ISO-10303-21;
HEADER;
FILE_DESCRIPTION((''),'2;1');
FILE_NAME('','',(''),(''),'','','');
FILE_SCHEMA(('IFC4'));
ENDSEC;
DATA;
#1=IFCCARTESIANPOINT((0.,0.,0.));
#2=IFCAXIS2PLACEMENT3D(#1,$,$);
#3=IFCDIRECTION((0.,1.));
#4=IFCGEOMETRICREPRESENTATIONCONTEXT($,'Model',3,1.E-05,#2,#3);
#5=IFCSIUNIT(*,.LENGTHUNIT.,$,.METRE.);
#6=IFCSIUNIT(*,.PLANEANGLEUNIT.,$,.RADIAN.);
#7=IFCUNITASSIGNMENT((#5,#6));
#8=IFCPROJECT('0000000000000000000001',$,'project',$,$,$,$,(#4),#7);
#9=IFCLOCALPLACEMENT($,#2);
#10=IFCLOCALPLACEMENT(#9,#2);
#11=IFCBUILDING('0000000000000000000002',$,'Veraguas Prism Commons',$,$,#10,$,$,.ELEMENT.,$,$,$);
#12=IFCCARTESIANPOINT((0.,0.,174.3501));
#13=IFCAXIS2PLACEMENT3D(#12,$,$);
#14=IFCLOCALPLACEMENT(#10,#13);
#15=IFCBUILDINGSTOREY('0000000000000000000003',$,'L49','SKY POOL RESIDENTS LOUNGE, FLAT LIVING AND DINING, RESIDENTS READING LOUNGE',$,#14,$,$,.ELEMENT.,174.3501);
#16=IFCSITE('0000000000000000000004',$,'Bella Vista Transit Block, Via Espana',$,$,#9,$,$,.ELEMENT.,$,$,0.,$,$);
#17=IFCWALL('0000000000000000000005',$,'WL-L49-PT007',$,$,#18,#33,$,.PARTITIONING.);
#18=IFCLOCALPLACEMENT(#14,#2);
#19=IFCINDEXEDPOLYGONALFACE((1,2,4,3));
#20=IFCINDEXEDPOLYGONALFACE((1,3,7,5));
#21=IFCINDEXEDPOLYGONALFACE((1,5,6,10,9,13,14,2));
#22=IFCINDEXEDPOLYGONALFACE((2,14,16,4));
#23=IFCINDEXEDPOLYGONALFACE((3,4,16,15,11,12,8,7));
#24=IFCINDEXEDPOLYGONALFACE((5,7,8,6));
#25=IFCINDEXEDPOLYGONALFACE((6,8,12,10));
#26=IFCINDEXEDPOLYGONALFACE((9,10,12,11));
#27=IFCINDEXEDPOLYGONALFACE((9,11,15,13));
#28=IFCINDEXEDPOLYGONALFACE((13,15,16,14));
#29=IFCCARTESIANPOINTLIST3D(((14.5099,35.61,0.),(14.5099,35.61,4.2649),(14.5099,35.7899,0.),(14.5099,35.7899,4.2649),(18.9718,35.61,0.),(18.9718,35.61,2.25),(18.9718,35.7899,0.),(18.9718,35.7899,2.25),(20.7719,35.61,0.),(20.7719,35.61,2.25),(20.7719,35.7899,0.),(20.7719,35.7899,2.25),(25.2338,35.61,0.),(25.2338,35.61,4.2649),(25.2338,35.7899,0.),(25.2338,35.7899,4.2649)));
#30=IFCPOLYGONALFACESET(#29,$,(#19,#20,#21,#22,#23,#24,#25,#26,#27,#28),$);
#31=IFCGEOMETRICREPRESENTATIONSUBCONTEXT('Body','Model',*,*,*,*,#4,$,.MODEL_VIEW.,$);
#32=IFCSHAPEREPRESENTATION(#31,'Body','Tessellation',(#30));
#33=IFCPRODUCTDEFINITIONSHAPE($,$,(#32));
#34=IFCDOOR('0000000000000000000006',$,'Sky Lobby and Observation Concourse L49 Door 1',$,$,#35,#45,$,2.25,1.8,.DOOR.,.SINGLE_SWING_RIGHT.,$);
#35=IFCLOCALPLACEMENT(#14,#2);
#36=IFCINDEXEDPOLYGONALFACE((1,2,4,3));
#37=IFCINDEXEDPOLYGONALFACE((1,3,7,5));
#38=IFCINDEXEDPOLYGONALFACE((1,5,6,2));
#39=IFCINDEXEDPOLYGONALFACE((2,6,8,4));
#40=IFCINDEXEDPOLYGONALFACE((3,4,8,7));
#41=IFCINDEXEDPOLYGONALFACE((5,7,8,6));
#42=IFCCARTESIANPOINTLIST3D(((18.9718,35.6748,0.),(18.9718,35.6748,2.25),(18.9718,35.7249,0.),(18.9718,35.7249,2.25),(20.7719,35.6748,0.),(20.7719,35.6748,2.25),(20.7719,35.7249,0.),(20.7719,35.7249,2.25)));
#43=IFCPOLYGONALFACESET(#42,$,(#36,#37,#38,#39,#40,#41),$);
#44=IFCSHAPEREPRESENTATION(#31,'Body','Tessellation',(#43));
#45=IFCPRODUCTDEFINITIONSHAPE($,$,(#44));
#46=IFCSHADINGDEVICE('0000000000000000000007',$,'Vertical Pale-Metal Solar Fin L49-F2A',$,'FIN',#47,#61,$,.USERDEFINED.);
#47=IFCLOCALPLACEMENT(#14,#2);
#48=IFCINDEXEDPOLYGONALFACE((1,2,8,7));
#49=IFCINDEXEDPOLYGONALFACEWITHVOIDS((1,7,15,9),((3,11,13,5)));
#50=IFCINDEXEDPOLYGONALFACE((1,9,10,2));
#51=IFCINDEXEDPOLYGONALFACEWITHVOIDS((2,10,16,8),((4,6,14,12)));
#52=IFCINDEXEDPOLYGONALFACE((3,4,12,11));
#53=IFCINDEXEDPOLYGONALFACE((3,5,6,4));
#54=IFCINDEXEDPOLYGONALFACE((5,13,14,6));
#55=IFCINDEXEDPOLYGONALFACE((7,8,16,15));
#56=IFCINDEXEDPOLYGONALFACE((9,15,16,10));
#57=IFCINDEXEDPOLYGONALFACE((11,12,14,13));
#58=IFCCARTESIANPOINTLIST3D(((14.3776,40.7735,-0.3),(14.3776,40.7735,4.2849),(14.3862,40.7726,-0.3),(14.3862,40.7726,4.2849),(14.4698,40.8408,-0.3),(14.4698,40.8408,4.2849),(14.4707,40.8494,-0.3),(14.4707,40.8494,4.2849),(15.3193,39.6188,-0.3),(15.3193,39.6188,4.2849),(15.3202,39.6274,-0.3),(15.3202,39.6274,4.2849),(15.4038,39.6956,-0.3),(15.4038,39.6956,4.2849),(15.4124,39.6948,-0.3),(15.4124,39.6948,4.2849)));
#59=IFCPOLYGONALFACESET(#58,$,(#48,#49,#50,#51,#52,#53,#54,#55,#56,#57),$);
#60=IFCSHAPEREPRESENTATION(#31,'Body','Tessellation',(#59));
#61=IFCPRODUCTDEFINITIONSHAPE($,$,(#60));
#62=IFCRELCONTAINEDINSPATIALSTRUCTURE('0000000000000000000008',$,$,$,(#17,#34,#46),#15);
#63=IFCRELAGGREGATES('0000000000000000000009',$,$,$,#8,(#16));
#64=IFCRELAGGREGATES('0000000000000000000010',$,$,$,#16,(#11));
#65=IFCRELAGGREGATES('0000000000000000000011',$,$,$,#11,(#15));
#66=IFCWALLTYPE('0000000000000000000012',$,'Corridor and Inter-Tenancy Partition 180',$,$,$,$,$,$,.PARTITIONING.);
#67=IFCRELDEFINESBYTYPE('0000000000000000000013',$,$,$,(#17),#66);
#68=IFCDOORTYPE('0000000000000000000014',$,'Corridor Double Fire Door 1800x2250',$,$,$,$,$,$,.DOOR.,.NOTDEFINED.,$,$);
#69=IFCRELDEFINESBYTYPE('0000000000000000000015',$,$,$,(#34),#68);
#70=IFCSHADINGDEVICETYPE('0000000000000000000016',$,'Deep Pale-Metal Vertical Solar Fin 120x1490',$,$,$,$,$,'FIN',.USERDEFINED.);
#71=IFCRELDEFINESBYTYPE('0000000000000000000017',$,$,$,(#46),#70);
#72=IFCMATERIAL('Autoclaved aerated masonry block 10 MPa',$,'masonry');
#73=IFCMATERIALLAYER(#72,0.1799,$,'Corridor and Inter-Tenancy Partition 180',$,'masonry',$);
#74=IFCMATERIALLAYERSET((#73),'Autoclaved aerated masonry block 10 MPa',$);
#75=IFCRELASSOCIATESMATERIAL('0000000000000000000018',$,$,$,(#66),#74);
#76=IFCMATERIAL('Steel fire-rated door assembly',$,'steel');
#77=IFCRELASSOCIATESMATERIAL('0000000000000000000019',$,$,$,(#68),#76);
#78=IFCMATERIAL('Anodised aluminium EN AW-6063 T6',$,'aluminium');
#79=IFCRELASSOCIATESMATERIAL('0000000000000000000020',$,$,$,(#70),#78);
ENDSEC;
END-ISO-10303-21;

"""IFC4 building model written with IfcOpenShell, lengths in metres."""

from ifc_helpers import new_model, si_unit, direction, frame, frame_2d, origin, origin_2d, place, context, subcontext, project, spatial, rectangle, hollow_rectangle, extrude, source, transform, mapped, material, layer, layer_set, material_profile, profile_set, type_object, element, fill, save


model = new_model("IFC4")

# Units and contexts
model_context = context("Model", 3, precision=1e-05, world=origin(), true_north=direction((0.0, 1.0)))
body_context = subcontext(model_context, "Body", "Model", "MODEL_VIEW")
ifc_project = project(units=[si_unit("LENGTHUNIT", "METRE"), si_unit("PLANEANGLEUNIT", "RADIAN")], contexts=[model_context])

# Site, building, storey
site_placement = place(None, origin())
site = spatial("IfcSite", under=ifc_project, at=site_placement, Name="Bella Vista Transit Block, Via Espana", CompositionType="ELEMENT", RefElevation=0.0)
building_placement = place(site_placement, origin())
building = spatial("IfcBuilding", under=site, at=building_placement, Name="Veraguas Prism Commons", CompositionType="ELEMENT")
storey_placement = place(building_placement, frame((0.0, 0.0, 174.3501)))
storey = spatial("IfcBuildingStorey", under=building, at=storey_placement, Name="L49", Description="SKY POOL RESIDENTS LOUNGE, FLAT LIVING AND DINING, RESIDENTS READING LOUNGE", CompositionType="ELEMENT", Elevation=174.3501)

# Shared definitions
ifc_material_1 = material(Name="Anodised aluminium EN AW-6063 T6", Category="aluminium")

# Shared definitions
ifc_material_2 = material(Name="Steel fire-rated door assembly", Category="steel")

# Shared definitions
ifc_material_3 = material(Name="Autoclaved aerated masonry block 10 MPa", Category="masonry")
ifc_layer_1 = layer(ifc_material_3, 0.1799, Name="Corridor and Inter-Tenancy Partition 180", Category="masonry")
ifc_layer_set_1 = layer_set([ifc_layer_1], Name="Autoclaved aerated masonry block 10 MPa")
wall_type_1 = type_object("IfcWallType", Name="Corridor and Inter-Tenancy Partition 180", PredefinedType="PARTITIONING", material=ifc_layer_set_1)

# Wall, opening, door
wall_1_placement = place(storey_placement, frame((14.51, 35.7, 0.0), z_axis=(0.0, 0.0, 1.0), x_axis=(1.0, 0.0, 0.0)))
wall_1 = element("IfcWall", 1, at=wall_1_placement, inside=storey, type_object=wall_type_1, Name="WL-L49-PT007", PredefinedType="PARTITIONING", context=body_context, shape_type="SweptSolid", body=[
    extrude(rectangle(XDim=10.7239, YDim=0.1799, at=frame_2d((5.3618, 0.0))), origin(), (0.0, 0.0, 1.0), 4.2649),
])
opening_1_placement = place(wall_1_placement, frame((4.4619, 0.0, 0.0)))
opening_1 = element("IfcOpeningElement", 2, at=opening_1_placement, cuts=wall_1, PredefinedType="OPENING", context=body_context, shape_type="SweptSolid", body=[
    extrude(rectangle(XDim=1.8, YDim=2.25, at=frame_2d((0.8999, 1.125))), frame((0.0, 0.0999, 0.0), z_axis=(0.0, -1.0, 0.0), x_axis=(1.0, 0.0, 0.0)), (0.0, 0.0, 1.0), 0.2),
])
door_type_1 = type_object("IfcDoorType", Name="Corridor Double Fire Door 1800x2250", OperationType="NOTDEFINED", PredefinedType="DOOR", material=ifc_material_2)
shared_shape_1 = source(origin(), body_context, "Body", "SweptSolid", [
    extrude(rectangle(XDim=1.8, YDim=2.25, at=frame_2d((0.8999, 1.125))), frame((0.0, 0.0249, 0.0), z_axis=(0.0, -1.0, 0.0), x_axis=(1.0, 0.0, 0.0)), (0.0, 0.0, 1.0), 0.05),
])
door_1_placement = place(opening_1_placement, origin())
door_1 = element("IfcDoor", 3, at=door_1_placement, inside=storey, type_object=door_type_1, Name="Sky Lobby and Observation Concourse L49 Door 1", OperationType="SINGLE_SWING_RIGHT", OverallHeight=2.25, OverallWidth=1.8, PredefinedType="DOOR", context=body_context, shape_type="MappedRepresentation", body=[
    mapped(shared_shape_1, transform((0.0, 0.0, 0.0), scale=1.0)),
])
fill(opening_1, door_1)

# Shading device
ifc_material_profile_1 = material_profile(ifc_material_1, hollow_rectangle(XDim=0.1201, YDim=1.49, WallThickness=0.0061, at=origin_2d()), Name="FIN120X1490X6")
ifc_profile_set_1 = profile_set([ifc_material_profile_1], Name="Anodised aluminium EN AW-6063 T6")
shading_device_type = type_object("IfcShadingDeviceType", Name="Deep Pale-Metal Vertical Solar Fin 120x1490", ElementType="FIN", PredefinedType="USERDEFINED", material=ifc_profile_set_1)
shading_device_placement = place(storey_placement, frame((14.895, 40.2341, -0.3), z_axis=(0.0, 0.0, 1.0), x_axis=(-0.774943, -0.632031, 0.0)))
element("IfcShadingDevice", 4, at=shading_device_placement, inside=storey, type_object=shading_device_type, Name="Vertical Pale-Metal Solar Fin L49-F2A", ObjectType="FIN", PredefinedType="USERDEFINED", context=body_context, shape_type="SweptSolid", body=[
    extrude(hollow_rectangle(XDim=0.1201, YDim=1.49, WallThickness=0.0061, at=origin_2d()), origin(), (0.0, 0.0, 1.0), 4.585),
])

save(model, "model.ifc")
